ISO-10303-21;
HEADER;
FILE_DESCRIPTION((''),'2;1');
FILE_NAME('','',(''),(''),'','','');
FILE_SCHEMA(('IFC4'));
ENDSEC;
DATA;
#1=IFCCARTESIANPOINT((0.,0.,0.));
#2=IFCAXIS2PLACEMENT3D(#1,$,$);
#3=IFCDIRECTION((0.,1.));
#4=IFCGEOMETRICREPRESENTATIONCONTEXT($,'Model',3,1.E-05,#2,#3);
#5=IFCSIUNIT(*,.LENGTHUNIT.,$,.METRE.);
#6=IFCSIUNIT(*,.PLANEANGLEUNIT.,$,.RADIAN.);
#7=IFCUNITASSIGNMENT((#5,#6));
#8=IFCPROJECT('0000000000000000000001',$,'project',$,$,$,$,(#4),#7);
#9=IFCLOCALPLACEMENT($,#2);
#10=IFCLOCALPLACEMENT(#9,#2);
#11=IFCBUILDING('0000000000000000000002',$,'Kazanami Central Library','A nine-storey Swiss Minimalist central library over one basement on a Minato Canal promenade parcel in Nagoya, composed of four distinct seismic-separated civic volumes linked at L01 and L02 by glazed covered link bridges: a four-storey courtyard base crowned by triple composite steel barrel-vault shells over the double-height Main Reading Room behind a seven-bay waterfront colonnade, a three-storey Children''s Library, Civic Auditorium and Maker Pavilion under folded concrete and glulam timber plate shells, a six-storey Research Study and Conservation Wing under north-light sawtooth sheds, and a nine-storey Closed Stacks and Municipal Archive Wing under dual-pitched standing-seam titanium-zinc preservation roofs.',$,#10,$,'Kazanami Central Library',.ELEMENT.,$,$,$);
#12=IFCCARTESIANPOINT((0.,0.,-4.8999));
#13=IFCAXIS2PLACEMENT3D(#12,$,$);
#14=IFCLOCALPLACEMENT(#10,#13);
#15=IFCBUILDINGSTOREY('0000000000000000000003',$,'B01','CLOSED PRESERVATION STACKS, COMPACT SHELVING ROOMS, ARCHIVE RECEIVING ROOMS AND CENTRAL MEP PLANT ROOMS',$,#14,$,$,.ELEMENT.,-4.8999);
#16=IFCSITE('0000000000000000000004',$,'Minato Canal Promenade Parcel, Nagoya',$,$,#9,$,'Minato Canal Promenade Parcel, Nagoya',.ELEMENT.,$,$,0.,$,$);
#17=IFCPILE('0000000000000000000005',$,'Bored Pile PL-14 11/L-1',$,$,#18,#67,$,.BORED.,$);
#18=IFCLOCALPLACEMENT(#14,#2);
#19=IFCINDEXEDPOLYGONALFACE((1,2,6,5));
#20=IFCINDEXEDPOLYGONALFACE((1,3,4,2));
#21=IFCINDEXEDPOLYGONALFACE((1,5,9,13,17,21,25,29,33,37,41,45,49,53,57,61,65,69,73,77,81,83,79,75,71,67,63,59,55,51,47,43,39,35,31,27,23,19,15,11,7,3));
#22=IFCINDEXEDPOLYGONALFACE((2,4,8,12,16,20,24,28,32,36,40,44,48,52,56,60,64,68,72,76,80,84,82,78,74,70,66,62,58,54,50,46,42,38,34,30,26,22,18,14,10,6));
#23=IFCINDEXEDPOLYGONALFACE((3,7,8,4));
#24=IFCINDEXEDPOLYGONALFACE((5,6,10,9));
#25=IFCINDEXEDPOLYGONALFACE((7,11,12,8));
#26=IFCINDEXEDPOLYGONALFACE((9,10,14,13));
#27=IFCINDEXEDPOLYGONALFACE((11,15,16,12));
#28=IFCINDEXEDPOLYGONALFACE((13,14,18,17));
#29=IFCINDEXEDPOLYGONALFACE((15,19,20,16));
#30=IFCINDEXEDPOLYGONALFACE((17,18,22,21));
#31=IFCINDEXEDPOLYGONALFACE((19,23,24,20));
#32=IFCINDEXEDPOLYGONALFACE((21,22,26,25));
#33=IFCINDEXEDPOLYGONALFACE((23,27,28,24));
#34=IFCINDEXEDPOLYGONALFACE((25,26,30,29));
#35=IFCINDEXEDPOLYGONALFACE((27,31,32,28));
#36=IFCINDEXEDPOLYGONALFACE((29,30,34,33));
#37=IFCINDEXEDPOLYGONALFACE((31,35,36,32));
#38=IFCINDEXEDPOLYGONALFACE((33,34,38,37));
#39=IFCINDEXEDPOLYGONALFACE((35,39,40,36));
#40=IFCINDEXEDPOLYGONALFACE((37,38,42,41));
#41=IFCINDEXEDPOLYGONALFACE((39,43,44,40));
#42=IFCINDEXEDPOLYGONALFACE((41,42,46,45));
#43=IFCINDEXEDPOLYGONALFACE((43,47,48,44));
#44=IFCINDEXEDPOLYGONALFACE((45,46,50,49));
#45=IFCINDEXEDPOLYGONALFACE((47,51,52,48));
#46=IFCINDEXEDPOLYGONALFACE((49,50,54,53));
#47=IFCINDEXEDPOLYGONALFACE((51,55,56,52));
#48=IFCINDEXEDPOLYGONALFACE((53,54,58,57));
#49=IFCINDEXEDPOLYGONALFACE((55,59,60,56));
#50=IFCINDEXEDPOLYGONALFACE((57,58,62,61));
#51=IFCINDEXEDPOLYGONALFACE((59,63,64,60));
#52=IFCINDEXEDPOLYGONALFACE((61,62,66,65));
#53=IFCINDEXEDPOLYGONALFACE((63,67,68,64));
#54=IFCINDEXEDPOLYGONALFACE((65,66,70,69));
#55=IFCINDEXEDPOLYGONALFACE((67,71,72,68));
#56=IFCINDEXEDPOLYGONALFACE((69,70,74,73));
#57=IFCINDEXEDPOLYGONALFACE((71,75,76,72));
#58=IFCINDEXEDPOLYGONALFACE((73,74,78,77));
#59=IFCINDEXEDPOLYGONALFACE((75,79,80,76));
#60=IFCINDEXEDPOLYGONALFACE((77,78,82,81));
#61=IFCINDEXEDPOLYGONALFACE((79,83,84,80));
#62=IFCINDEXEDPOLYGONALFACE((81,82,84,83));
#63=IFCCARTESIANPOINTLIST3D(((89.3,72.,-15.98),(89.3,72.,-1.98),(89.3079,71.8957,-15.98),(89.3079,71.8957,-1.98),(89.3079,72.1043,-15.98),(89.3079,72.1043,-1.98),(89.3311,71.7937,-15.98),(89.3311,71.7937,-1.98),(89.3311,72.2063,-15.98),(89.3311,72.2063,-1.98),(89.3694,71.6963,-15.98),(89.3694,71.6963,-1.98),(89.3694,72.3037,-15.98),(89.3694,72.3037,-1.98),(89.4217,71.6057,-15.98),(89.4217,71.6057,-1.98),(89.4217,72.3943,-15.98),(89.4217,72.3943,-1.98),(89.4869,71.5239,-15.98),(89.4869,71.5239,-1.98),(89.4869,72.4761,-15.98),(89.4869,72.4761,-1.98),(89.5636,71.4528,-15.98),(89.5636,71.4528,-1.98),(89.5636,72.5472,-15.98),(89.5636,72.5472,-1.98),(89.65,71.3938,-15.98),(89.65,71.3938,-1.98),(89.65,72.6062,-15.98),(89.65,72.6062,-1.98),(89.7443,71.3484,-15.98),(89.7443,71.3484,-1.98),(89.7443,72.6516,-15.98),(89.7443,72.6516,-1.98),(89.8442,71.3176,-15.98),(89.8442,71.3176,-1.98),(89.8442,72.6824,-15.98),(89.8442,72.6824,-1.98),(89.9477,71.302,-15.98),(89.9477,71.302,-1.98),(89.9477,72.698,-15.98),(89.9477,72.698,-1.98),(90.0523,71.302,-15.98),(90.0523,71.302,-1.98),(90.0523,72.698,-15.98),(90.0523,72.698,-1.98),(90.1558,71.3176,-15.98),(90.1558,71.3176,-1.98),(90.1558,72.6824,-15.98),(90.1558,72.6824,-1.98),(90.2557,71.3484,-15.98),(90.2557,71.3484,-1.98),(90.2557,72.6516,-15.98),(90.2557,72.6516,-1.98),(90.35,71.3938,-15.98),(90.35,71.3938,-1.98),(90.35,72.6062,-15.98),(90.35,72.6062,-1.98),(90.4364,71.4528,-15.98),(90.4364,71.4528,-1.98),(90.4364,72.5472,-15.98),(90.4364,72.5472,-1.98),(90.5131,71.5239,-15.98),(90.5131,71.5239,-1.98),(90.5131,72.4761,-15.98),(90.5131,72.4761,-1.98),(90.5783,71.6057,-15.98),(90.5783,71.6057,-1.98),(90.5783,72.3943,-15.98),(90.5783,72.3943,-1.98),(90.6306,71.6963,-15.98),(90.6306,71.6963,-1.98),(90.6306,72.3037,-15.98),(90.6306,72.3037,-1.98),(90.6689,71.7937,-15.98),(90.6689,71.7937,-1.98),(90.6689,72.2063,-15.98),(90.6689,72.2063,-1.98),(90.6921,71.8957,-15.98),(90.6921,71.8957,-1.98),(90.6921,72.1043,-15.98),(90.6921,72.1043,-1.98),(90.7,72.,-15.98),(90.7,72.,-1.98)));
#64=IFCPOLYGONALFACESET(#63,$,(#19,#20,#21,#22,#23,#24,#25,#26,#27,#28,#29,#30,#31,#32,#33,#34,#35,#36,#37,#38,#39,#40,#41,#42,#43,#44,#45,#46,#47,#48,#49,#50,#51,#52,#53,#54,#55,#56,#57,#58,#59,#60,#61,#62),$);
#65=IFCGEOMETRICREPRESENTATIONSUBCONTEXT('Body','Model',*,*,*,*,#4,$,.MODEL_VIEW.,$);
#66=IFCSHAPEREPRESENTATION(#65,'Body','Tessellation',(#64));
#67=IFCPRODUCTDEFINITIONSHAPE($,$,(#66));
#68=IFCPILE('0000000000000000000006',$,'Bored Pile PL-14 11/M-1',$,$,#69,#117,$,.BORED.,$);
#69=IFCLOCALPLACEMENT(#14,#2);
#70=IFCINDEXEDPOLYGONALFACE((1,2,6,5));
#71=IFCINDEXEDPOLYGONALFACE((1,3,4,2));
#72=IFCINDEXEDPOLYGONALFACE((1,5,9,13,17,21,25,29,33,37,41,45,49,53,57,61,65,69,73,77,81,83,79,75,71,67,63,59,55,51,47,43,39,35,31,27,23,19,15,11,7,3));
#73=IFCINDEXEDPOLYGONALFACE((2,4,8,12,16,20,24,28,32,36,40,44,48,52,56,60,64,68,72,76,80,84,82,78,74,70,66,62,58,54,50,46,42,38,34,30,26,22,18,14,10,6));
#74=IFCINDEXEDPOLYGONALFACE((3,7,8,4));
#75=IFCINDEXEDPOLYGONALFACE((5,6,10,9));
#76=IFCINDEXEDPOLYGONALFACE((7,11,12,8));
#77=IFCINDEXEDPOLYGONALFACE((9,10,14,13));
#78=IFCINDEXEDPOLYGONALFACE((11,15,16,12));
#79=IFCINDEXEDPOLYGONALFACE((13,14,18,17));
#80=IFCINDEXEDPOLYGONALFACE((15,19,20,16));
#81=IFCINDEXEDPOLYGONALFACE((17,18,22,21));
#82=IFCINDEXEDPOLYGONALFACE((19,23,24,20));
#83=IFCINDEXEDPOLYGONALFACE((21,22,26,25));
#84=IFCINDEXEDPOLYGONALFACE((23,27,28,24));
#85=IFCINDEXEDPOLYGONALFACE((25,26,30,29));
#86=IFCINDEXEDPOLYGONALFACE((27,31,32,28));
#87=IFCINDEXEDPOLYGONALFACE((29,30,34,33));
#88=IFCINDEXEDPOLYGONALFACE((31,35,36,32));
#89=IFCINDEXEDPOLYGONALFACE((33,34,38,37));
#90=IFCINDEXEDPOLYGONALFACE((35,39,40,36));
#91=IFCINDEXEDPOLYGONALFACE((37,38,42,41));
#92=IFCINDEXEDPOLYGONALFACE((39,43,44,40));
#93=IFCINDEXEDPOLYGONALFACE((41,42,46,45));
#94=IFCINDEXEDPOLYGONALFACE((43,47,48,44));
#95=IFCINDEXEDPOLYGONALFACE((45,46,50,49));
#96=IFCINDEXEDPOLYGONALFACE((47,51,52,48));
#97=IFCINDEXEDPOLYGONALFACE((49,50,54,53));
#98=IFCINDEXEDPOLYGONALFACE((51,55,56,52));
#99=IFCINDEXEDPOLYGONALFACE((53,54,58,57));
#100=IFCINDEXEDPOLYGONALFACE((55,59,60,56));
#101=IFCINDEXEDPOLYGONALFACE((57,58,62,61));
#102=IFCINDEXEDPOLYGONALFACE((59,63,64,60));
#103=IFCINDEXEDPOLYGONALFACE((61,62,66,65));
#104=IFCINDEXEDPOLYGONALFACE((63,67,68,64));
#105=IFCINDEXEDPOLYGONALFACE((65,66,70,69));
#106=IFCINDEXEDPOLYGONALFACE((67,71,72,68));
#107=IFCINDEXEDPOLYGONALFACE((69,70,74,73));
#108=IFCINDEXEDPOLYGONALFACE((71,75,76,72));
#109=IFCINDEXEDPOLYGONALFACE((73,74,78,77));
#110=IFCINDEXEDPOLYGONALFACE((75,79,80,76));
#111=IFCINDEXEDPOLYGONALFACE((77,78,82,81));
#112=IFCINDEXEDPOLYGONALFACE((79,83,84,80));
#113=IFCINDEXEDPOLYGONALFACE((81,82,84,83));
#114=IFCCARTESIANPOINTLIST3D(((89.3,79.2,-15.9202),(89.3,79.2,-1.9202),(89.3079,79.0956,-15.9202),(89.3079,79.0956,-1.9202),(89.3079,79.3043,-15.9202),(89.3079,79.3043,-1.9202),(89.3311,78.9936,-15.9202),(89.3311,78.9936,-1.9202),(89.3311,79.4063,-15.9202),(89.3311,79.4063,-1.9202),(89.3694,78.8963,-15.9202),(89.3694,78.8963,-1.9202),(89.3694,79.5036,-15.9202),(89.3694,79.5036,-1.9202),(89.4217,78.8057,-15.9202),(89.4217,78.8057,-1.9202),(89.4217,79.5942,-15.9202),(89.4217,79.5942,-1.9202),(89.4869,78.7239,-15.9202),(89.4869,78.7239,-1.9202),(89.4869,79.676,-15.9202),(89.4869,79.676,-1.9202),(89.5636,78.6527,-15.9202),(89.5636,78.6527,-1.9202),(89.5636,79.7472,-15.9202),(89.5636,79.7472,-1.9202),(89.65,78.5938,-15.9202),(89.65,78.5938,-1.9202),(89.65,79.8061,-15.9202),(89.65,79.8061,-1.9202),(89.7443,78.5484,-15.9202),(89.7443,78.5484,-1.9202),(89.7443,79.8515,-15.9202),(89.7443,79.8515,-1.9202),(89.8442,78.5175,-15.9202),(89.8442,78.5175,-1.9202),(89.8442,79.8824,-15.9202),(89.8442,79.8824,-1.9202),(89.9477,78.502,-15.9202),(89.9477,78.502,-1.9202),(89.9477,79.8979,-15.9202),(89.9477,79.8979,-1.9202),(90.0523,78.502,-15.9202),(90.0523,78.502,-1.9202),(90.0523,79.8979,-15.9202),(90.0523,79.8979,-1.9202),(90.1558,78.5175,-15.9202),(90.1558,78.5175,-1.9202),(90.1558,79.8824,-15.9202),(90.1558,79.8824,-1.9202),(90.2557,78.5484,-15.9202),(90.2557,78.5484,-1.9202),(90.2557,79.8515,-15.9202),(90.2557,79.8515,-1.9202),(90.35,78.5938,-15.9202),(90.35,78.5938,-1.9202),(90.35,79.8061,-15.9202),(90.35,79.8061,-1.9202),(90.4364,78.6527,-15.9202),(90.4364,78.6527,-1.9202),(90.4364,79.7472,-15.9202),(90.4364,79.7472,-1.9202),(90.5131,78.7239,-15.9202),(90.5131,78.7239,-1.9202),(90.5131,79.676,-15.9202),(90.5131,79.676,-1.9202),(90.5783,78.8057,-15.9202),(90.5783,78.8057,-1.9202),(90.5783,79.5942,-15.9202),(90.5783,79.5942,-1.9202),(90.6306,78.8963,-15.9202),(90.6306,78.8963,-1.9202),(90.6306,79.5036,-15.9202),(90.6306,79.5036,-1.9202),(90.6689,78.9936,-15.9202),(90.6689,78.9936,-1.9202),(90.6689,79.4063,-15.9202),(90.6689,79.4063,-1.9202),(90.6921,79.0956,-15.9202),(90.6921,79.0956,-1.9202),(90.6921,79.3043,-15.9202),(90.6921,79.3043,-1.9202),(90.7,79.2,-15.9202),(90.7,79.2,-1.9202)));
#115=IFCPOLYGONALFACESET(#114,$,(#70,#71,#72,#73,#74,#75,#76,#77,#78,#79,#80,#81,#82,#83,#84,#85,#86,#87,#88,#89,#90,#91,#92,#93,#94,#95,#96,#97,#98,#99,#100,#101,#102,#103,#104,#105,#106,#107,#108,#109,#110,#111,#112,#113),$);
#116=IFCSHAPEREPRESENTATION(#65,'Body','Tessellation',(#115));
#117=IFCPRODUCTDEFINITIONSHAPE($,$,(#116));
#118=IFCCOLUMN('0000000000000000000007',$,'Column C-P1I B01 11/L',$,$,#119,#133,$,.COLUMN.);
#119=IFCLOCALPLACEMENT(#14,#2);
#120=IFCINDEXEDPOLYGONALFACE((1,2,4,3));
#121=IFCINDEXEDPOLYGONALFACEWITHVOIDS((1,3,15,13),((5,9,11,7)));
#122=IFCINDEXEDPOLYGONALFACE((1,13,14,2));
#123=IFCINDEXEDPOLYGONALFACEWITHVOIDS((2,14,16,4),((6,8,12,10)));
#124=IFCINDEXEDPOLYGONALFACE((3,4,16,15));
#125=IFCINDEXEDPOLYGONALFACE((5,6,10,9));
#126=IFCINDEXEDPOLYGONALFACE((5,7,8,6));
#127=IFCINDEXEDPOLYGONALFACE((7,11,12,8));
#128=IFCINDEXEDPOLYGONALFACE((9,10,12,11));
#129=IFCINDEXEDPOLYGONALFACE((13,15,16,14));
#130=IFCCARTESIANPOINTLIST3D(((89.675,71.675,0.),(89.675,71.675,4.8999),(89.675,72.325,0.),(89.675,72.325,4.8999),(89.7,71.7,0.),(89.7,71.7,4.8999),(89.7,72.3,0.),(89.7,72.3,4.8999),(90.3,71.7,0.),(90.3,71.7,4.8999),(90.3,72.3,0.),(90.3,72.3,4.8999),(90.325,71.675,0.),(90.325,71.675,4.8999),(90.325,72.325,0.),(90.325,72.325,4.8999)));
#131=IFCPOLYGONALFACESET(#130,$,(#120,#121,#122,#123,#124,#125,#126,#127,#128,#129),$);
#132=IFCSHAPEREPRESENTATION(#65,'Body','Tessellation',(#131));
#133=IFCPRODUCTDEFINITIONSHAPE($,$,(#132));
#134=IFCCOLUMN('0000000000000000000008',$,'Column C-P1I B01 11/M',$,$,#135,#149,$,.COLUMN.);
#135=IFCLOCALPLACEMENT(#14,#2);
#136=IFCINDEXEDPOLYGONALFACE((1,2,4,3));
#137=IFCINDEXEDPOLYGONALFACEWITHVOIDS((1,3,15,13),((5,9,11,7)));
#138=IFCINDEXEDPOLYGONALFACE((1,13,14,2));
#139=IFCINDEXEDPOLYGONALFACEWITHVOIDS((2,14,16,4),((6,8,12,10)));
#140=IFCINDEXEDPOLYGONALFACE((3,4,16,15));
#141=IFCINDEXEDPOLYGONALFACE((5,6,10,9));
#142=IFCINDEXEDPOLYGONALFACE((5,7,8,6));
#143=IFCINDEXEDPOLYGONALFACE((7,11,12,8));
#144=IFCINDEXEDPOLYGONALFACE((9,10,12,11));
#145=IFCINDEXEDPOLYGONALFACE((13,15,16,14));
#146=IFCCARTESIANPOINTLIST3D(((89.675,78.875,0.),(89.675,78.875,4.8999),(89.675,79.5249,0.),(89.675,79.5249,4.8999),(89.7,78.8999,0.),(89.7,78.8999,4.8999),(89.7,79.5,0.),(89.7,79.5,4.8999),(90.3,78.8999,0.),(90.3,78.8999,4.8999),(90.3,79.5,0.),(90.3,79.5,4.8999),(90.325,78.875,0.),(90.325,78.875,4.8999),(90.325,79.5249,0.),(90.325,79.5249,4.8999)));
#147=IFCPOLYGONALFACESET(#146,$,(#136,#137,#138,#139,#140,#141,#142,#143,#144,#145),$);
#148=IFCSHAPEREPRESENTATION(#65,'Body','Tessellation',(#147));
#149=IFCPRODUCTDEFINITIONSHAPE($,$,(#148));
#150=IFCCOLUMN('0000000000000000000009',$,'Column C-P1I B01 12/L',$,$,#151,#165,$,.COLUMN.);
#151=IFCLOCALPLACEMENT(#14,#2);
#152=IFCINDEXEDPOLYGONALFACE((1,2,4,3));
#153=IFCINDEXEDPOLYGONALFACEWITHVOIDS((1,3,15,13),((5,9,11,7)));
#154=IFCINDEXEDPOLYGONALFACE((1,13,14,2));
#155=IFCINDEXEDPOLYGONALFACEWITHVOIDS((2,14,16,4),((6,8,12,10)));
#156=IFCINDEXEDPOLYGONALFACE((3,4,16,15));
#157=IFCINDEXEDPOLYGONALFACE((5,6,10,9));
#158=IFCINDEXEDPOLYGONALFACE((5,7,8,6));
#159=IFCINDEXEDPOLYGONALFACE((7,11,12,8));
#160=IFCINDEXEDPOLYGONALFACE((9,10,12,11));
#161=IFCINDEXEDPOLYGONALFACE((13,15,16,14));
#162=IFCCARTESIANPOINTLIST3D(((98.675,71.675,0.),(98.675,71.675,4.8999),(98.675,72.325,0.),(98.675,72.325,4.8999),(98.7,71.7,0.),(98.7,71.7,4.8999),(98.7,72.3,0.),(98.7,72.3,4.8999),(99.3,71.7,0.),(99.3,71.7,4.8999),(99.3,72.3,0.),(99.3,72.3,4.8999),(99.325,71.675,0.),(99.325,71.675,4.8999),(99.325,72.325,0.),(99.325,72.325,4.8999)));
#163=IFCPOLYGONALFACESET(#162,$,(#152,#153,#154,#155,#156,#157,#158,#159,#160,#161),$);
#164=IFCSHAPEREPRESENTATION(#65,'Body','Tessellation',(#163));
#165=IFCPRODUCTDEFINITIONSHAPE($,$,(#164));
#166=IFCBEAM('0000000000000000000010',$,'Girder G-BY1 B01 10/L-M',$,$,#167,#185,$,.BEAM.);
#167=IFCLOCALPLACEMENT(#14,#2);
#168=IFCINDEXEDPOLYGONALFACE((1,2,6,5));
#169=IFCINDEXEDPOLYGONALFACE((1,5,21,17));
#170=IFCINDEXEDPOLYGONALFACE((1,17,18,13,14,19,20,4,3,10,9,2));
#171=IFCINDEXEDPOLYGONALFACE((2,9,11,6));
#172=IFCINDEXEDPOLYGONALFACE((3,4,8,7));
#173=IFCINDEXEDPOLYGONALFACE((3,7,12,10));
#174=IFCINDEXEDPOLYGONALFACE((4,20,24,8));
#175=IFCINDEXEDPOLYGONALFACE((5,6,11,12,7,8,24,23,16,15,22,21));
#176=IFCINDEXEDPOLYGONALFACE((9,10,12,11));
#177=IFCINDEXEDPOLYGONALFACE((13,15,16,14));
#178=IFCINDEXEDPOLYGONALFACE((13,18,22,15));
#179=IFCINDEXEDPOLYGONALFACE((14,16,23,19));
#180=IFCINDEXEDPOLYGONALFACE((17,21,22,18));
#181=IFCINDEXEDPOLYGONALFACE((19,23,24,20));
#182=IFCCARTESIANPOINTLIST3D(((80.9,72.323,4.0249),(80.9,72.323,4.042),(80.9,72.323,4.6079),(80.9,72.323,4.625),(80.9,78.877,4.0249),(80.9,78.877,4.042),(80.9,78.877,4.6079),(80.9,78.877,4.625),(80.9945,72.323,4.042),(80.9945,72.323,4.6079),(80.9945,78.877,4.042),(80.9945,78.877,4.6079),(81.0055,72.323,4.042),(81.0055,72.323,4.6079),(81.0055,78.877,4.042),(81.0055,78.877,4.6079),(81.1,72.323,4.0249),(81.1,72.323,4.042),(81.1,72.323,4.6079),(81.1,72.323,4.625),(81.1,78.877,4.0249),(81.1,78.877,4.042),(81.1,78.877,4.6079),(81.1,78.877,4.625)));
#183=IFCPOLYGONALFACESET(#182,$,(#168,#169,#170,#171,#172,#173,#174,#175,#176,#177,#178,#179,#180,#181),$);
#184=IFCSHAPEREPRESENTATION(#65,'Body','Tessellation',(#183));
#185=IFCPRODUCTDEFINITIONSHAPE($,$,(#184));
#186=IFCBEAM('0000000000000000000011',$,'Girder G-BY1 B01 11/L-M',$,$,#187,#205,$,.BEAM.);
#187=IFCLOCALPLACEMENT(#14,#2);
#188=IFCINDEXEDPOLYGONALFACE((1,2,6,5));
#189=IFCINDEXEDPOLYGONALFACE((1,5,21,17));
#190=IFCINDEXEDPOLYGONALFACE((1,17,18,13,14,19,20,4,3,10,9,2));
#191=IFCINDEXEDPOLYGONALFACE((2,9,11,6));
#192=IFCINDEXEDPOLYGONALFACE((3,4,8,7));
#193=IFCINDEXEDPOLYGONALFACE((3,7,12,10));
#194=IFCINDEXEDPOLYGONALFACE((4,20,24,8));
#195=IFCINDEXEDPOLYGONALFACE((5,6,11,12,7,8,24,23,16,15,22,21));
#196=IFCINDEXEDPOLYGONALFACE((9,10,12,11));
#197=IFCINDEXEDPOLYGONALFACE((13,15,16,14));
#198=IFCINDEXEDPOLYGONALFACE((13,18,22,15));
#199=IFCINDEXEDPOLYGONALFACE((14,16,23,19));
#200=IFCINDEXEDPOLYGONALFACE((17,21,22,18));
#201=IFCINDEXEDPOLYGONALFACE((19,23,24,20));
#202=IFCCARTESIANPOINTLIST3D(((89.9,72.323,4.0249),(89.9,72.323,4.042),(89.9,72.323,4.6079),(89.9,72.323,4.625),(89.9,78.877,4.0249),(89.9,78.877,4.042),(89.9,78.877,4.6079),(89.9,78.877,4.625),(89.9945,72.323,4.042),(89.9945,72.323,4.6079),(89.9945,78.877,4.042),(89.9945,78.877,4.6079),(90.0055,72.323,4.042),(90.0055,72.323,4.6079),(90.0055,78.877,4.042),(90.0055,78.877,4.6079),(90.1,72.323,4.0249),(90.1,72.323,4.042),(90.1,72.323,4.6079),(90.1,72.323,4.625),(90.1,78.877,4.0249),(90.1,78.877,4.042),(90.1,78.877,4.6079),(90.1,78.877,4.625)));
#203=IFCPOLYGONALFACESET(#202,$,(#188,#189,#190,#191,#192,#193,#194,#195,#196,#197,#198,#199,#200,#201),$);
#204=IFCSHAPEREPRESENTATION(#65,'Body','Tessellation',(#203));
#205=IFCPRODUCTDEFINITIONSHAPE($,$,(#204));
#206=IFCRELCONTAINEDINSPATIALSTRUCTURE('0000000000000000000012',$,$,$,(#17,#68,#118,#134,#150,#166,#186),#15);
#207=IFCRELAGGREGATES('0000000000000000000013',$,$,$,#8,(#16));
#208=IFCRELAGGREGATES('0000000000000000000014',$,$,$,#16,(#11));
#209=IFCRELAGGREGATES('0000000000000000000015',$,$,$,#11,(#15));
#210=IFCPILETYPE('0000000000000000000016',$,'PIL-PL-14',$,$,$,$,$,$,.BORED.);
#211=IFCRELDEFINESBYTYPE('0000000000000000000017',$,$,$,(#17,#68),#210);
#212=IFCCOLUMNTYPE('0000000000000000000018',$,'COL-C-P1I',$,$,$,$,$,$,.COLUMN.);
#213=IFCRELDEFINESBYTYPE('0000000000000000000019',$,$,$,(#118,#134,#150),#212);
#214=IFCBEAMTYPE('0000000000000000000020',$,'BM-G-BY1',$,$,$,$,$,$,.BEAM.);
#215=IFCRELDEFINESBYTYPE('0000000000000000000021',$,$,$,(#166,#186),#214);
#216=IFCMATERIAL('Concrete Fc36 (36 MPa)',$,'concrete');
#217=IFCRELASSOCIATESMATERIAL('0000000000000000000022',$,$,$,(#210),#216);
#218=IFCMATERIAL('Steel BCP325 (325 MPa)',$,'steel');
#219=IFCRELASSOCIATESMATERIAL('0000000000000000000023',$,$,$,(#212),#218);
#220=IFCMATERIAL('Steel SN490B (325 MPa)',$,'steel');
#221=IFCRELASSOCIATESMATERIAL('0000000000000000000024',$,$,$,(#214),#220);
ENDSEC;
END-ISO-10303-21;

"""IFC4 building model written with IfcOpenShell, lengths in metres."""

from ifc_helpers import new_model, si_unit, direction, frame, origin, origin_2d, place, context, subcontext, project, spatial, hollow_rectangle, circle, i_section, extrude, material, material_profile, profile_set, type_object, element, save


model = new_model("IFC4")

# Units and contexts
model_context = context("Model", 3, precision=1e-05, world=origin(), true_north=direction((0.0, 1.0)))
body_context = subcontext(model_context, "Body", "Model", "MODEL_VIEW")
ifc_project = project(units=[si_unit("LENGTHUNIT", "METRE"), si_unit("PLANEANGLEUNIT", "RADIAN")], contexts=[model_context])

# Site, building, storey
site_placement = place(None, origin())
site = spatial("IfcSite", under=ifc_project, at=site_placement, Name="Minato Canal Promenade Parcel, Nagoya", LongName="Minato Canal Promenade Parcel, Nagoya", CompositionType="ELEMENT", RefElevation=0.0)
building_placement = place(site_placement, origin())
building = spatial("IfcBuilding", under=site, at=building_placement, Name="Kazanami Central Library", Description="A nine-storey Swiss Minimalist central library over one basement on a Minato Canal promenade parcel in Nagoya, composed of four distinct seismic-separated civic volumes linked at L01 and L02 by glazed covered link bridges: a four-storey courtyard base crowned by triple composite steel barrel-vault shells over the double-height Main Reading Room behind a seven-bay waterfront colonnade, a three-storey Children's Library, Civic Auditorium and Maker Pavilion under folded concrete and glulam timber plate shells, a six-storey Research Study and Conservation Wing under north-light sawtooth sheds, and a nine-storey Closed Stacks and Municipal Archive Wing under dual-pitched standing-seam titanium-zinc preservation roofs.", LongName="Kazanami Central Library", CompositionType="ELEMENT")
storey_placement = place(building_placement, frame((0.0, 0.0, -4.8999)))
storey = spatial("IfcBuildingStorey", under=building, at=storey_placement, Name="B01", Description="CLOSED PRESERVATION STACKS, COMPACT SHELVING ROOMS, ARCHIVE RECEIVING ROOMS AND CENTRAL MEP PLANT ROOMS", CompositionType="ELEMENT", Elevation=-4.8999)

# Shared definitions
ifc_material_1 = material(Name="Concrete Fc36 (36 MPa)", Category="concrete")

# Piles
ifc_material_profile_1 = material_profile(ifc_material_1, circle(Radius=0.7, at=origin_2d()), Name="BORED-D1400")
ifc_profile_set_1 = profile_set([ifc_material_profile_1], Name="Concrete Fc36 (36 MPa)")
pile_type_1 = type_object("IfcPileType", Name="PIL-PL-14", PredefinedType="BORED", material=ifc_profile_set_1)
for number, where, z_axis, x_axis, name in (
    (1, (90.0, 72.0, -1.98), (0.0, 0.0, -1.0), (1.0, 0.0, 0.0), "Bored Pile PL-14 11/L-1"),
    (2, (90.0, 79.2, -1.9202), (0.0, 0.0, -1.0), (1.0, 0.0, 0.0), "Bored Pile PL-14 11/M-1"),
):
    element("IfcPile", number, at=place(storey_placement, frame(where, z_axis=z_axis, x_axis=x_axis)), inside=storey, type_object=pile_type_1, Name=name, PredefinedType="BORED", context=body_context, shape_type="SweptSolid", body=[
        extrude(circle(Radius=0.7, at=origin_2d()), origin(), (0.0, 0.0, 1.0), 14.0),
    ])

# Columns
ifc_material_2 = material(Name="Steel BCP325 (325 MPa)", Category="steel")
ifc_material_profile_2 = material_profile(ifc_material_2, hollow_rectangle(XDim=0.6499, YDim=0.6499, WallThickness=0.0249, at=origin_2d()), Name="BCP-650x650x25")
ifc_profile_set_2 = profile_set([ifc_material_profile_2], Name="Steel BCP325 (325 MPa)")
column_type = type_object("IfcColumnType", Name="COL-C-P1I", PredefinedType="COLUMN", material=ifc_profile_set_2)
for number, where, z_axis, x_axis, name in (
    (3, (90.0, 72.0, 0.0), (0.0, 0.0, 1.0), (1.0, 0.0, 0.0), "Column C-P1I B01 11/L"),
    (4, (90.0, 79.2, 0.0), (0.0, 0.0, 1.0), (1.0, 0.0, 0.0), "Column C-P1I B01 11/M"),
    (5, (99.0, 72.0, 0.0), (0.0, 0.0, 1.0), (1.0, 0.0, 0.0), "Column C-P1I B01 12/L"),
):
    element("IfcColumn", number, at=place(storey_placement, frame(where, z_axis=z_axis, x_axis=x_axis)), inside=storey, type_object=column_type, Name=name, PredefinedType="COLUMN", context=body_context, shape_type="SweptSolid", body=[
        extrude(hollow_rectangle(XDim=0.6499, YDim=0.6499, WallThickness=0.0249, at=origin_2d()), origin(), (0.0, 0.0, 1.0), 4.8999),
    ])

# Beams
ifc_material_3 = material(Name="Steel SN490B (325 MPa)", Category="steel")
ifc_material_profile_3 = material_profile(ifc_material_3, i_section(OverallWidth=0.2, OverallDepth=0.6001, WebThickness=0.011, FlangeThickness=0.0171, at=origin_2d()), Name="H-600x200x11x17")
ifc_profile_set_3 = profile_set([ifc_material_profile_3], Name="Steel SN490B (325 MPa)")
beam_type_1 = type_object("IfcBeamType", Name="BM-G-BY1", PredefinedType="BEAM", material=ifc_profile_set_3)
for number, where, z_axis, x_axis, name in (
    (6, (81.0, 72.323, 4.325), (0.0, 1.0, 0.0), (-1.0, 0.0, 0.0), "Girder G-BY1 B01 10/L-M"),
    (7, (90.0, 72.323, 4.325), (0.0, 1.0, 0.0), (-1.0, 0.0, 0.0), "Girder G-BY1 B01 11/L-M"),
):
    element("IfcBeam", number, at=place(storey_placement, frame(where, z_axis=z_axis, x_axis=x_axis)), inside=storey, type_object=beam_type_1, Name=name, PredefinedType="BEAM", context=body_context, shape_type="SweptSolid", body=[
        extrude(i_section(OverallWidth=0.2, OverallDepth=0.6001, WebThickness=0.011, FlangeThickness=0.0171, at=origin_2d()), origin(), (0.0, 0.0, 1.0), 6.554),
    ])

save(model, "model.ifc")
